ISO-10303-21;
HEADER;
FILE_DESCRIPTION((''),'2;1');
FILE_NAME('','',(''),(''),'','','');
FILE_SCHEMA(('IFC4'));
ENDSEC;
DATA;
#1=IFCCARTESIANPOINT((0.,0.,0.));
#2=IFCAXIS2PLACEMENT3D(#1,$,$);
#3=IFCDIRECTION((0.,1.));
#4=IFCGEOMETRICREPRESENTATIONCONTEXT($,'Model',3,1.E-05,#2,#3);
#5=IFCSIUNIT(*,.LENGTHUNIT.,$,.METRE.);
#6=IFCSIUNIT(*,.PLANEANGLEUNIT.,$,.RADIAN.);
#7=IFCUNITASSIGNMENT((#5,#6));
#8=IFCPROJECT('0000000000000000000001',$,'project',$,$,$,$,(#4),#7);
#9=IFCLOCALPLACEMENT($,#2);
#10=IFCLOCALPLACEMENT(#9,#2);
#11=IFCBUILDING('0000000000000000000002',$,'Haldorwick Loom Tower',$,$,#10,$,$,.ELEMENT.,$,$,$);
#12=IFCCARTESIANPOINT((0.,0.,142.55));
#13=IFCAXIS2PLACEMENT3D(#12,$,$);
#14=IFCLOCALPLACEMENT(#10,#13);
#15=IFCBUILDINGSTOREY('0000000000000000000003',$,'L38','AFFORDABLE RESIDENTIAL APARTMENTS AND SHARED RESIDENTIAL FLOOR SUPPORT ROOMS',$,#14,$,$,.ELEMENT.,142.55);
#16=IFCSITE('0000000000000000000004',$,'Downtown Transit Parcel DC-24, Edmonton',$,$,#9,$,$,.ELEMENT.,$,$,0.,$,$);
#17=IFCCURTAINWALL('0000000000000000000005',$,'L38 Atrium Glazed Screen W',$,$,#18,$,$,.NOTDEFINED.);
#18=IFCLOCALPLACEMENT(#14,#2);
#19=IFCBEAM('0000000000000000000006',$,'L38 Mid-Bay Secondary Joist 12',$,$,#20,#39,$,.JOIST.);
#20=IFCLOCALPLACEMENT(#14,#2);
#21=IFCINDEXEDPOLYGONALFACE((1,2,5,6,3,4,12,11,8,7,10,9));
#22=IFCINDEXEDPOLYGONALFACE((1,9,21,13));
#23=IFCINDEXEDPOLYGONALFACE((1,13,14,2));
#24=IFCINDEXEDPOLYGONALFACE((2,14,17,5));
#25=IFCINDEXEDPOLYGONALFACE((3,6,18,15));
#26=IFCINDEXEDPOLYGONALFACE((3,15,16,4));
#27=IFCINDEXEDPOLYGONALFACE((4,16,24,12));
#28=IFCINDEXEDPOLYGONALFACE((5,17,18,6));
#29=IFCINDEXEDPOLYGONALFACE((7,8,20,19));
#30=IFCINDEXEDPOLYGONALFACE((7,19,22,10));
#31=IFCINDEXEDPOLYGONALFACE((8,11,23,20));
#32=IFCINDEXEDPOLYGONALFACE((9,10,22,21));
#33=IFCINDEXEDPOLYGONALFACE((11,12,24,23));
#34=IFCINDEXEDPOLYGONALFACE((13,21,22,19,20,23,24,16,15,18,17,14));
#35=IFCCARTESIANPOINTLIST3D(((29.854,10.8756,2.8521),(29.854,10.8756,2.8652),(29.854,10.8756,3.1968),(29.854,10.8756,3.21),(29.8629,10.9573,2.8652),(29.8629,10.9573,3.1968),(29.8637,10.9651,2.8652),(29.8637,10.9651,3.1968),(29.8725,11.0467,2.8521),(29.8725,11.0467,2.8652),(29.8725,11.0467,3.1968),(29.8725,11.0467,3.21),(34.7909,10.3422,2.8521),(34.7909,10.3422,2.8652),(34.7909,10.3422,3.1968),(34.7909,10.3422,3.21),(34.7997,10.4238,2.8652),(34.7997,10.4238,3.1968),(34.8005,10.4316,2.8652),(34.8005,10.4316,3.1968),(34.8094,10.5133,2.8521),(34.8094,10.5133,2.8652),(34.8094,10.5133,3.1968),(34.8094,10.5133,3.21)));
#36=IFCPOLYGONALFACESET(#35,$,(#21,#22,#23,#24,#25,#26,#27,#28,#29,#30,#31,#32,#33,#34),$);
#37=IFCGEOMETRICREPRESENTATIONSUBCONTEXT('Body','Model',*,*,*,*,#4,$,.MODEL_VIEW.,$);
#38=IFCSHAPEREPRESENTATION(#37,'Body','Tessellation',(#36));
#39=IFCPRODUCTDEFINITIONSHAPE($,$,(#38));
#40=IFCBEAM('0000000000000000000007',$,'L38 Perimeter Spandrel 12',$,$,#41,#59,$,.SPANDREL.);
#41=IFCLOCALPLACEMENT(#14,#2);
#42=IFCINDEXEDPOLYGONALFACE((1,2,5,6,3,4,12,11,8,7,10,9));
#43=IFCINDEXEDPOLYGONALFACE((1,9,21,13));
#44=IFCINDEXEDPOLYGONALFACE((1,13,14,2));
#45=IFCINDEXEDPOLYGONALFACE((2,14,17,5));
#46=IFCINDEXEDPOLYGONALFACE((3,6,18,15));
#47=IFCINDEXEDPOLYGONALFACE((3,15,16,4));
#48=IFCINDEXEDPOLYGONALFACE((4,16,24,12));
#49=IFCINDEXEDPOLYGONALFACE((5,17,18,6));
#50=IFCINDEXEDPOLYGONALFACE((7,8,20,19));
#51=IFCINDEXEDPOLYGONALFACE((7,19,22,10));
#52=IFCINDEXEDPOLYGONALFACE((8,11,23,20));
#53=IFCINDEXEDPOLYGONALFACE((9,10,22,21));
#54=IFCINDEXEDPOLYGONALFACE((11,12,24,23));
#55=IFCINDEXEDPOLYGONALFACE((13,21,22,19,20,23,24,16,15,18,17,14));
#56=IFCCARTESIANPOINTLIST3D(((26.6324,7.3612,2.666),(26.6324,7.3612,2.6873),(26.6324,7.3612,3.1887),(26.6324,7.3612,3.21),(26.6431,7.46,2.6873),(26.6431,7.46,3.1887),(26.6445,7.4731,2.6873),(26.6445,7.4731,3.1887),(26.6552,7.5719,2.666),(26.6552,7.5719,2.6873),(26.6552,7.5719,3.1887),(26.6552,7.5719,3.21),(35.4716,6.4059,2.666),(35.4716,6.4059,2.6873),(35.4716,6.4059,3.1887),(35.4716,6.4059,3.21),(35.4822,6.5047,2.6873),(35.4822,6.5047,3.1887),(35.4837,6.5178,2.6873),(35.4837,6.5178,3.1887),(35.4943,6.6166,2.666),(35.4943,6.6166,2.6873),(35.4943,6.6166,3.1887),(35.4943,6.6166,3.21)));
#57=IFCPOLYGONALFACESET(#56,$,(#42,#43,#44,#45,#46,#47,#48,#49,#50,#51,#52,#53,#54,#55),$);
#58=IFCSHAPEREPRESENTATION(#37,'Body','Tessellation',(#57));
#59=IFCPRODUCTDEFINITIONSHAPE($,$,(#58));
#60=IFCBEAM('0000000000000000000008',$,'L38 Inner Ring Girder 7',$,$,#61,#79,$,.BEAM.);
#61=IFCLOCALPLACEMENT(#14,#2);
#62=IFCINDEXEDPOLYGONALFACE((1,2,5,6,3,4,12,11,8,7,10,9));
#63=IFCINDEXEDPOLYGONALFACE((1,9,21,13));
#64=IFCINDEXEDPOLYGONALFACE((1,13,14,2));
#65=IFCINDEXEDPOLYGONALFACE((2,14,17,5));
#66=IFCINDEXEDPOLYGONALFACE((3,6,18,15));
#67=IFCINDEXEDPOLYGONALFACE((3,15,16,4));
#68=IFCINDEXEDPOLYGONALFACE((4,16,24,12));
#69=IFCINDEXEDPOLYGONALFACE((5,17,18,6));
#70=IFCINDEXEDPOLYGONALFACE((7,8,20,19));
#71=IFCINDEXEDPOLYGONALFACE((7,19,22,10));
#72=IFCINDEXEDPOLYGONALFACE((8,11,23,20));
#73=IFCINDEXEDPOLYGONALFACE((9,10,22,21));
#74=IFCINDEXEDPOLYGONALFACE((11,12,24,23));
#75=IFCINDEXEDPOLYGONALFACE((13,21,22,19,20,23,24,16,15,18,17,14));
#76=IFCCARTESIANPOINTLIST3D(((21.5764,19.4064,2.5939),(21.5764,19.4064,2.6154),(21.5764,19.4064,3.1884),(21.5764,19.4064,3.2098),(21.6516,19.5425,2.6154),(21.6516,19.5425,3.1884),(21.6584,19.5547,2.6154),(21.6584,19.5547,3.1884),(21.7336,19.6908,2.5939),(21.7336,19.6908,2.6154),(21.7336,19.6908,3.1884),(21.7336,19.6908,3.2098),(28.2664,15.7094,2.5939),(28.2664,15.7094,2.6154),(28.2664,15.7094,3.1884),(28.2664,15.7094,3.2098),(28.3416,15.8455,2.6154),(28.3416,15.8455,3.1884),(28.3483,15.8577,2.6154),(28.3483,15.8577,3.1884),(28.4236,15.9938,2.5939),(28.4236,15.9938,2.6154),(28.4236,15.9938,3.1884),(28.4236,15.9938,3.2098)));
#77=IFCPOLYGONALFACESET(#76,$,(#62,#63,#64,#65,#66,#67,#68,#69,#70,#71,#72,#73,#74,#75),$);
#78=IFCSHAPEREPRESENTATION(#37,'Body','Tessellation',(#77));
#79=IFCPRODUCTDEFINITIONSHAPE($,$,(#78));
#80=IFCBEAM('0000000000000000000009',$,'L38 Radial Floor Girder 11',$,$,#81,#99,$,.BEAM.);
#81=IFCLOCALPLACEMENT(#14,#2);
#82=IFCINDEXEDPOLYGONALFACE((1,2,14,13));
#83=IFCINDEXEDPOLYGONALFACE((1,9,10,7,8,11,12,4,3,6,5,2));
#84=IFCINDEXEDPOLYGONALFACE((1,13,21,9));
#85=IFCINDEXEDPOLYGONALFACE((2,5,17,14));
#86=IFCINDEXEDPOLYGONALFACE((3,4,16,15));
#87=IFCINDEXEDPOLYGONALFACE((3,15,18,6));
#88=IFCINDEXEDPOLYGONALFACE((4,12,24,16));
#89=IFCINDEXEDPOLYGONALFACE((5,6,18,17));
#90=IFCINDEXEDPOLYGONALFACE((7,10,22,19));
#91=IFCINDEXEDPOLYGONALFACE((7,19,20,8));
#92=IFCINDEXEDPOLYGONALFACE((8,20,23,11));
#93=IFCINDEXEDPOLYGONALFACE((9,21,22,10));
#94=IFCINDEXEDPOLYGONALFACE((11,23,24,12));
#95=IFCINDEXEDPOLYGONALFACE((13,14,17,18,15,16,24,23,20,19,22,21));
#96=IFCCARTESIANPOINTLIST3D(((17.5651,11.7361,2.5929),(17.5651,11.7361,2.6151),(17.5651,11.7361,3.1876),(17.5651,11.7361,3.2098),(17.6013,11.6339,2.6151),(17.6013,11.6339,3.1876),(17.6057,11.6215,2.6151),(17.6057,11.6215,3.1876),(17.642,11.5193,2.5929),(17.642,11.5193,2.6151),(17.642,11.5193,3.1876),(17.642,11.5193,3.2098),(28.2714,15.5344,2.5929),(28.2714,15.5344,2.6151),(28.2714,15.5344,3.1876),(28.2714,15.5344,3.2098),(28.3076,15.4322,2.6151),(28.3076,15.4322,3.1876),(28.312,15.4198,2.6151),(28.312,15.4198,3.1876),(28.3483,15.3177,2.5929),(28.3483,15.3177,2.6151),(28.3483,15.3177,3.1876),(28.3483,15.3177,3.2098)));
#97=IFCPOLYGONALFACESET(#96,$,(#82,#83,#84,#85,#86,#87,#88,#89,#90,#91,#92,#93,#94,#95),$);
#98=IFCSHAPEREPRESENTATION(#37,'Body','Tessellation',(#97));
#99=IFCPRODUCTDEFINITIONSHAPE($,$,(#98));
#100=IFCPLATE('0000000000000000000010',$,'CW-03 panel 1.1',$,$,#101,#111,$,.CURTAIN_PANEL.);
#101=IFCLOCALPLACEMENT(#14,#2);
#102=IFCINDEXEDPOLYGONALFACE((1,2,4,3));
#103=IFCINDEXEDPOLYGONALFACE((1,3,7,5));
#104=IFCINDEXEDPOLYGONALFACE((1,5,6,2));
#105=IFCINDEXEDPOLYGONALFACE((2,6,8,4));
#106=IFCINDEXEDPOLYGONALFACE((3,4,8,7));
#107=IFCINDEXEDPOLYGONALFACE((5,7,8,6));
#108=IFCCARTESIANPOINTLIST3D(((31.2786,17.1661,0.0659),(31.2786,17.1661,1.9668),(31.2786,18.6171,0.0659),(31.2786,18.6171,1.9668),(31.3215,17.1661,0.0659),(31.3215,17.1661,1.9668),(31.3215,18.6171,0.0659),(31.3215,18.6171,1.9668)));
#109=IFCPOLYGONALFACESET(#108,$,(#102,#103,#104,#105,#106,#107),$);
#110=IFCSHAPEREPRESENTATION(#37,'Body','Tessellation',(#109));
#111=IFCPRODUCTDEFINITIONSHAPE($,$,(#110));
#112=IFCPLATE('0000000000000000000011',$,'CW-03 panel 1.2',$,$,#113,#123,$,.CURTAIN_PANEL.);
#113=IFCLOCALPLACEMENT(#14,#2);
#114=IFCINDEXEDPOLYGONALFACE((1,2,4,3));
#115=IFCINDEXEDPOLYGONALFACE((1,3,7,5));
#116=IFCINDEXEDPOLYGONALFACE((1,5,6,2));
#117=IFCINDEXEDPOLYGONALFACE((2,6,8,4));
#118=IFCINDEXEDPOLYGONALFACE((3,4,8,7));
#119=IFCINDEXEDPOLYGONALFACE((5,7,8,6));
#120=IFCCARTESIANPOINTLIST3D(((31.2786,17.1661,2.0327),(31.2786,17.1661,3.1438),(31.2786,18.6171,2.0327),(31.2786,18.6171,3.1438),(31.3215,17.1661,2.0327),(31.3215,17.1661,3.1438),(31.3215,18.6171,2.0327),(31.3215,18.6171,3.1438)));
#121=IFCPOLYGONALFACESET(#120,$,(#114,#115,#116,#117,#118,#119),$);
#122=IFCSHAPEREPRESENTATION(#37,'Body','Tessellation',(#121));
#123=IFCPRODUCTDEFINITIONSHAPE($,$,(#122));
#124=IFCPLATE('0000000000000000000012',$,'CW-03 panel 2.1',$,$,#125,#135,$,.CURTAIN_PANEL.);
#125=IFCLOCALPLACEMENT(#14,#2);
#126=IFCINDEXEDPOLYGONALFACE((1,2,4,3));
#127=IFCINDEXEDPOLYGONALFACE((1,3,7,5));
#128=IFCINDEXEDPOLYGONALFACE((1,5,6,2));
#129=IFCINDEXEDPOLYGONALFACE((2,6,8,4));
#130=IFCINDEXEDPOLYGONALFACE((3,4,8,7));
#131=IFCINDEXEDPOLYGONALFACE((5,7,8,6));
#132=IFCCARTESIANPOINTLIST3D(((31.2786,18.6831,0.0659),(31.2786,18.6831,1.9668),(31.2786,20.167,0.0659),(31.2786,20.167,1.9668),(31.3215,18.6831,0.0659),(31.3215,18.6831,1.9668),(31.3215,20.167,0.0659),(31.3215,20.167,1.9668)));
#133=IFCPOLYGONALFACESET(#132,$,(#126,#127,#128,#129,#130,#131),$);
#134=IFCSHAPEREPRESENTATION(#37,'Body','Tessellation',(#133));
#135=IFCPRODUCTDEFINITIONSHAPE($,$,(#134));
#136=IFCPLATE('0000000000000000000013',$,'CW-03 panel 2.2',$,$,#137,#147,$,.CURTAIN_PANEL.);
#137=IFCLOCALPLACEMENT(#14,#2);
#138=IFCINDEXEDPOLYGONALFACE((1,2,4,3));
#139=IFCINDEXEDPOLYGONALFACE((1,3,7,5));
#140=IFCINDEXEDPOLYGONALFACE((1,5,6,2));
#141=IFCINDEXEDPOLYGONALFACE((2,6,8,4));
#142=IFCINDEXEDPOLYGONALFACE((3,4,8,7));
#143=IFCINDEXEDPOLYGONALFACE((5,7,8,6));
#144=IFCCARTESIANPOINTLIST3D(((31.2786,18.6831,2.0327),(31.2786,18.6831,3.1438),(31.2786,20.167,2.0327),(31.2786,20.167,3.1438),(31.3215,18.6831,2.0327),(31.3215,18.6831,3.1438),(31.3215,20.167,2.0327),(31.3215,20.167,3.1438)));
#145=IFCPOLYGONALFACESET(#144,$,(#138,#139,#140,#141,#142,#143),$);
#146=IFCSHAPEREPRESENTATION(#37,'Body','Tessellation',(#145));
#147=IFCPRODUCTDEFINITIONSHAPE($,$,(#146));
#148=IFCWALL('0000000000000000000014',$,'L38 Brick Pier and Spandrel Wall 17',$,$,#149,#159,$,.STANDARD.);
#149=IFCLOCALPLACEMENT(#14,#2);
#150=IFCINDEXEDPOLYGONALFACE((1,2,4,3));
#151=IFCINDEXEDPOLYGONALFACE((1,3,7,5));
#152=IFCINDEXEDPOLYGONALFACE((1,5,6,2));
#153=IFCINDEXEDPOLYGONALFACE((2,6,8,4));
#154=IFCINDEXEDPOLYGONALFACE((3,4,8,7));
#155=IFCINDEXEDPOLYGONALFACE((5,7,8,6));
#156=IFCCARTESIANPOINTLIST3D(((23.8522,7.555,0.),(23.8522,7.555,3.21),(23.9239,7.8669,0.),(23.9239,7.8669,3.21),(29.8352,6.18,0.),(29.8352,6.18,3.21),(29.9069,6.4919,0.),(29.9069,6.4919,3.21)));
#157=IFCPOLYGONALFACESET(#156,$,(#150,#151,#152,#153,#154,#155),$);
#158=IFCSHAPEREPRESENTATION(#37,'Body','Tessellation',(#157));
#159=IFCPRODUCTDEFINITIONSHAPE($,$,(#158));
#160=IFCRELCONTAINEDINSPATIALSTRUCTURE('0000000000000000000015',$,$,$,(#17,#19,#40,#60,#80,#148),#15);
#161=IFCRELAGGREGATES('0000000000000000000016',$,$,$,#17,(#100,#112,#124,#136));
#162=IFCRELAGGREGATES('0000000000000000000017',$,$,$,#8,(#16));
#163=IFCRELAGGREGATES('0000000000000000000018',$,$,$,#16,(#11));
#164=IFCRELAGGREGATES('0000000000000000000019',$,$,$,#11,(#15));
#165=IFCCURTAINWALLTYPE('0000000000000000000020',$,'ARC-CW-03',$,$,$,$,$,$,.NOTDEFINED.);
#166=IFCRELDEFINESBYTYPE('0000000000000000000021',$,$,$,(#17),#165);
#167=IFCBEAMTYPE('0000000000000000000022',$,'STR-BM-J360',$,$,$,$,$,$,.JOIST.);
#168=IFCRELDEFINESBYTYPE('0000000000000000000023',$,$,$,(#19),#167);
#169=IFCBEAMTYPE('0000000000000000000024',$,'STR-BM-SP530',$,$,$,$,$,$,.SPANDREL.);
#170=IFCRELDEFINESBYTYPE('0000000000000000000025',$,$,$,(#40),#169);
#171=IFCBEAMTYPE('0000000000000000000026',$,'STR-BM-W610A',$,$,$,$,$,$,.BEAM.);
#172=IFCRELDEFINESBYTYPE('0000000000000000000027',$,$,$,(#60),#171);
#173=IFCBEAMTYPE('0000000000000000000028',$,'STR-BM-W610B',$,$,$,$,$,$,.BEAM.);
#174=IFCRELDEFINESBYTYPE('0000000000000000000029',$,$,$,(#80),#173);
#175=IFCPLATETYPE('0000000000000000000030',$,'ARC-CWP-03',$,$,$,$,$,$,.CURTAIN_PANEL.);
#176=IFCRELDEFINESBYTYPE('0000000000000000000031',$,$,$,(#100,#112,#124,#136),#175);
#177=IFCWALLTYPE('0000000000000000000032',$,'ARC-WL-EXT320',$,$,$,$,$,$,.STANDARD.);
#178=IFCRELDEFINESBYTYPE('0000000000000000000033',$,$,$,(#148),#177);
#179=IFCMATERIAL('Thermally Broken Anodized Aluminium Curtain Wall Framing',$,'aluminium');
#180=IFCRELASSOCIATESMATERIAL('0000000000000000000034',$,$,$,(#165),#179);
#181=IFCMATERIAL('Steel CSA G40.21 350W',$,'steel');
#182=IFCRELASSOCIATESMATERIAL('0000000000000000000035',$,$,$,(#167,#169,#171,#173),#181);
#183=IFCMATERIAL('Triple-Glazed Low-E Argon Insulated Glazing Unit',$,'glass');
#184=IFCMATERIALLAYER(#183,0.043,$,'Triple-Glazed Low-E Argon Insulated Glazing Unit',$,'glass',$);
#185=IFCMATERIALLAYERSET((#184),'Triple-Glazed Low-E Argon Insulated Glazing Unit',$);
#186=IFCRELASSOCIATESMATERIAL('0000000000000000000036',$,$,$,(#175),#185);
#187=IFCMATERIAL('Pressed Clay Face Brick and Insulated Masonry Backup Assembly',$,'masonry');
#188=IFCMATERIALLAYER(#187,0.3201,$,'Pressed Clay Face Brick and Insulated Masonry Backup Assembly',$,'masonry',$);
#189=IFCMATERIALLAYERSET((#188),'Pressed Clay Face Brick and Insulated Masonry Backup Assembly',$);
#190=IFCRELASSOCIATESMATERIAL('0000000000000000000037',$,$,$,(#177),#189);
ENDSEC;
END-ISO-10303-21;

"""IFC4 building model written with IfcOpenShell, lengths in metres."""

from ifc_helpers import new_model, si_unit, direction, frame, frame_2d, origin, origin_2d, place, context, subcontext, project, spatial, rectangle, i_section, extrude, material, layer, layer_set, material_profile, profile_set, type_object, element, aggregate, save


model = new_model("IFC4")

# Units and contexts
model_context = context("Model", 3, precision=1e-05, world=origin(), true_north=direction((0.0, 1.0)))
body_context = subcontext(model_context, "Body", "Model", "MODEL_VIEW")
ifc_project = project(units=[si_unit("LENGTHUNIT", "METRE"), si_unit("PLANEANGLEUNIT", "RADIAN")], contexts=[model_context])

# Site, building, storey
site_placement = place(None, origin())
site = spatial("IfcSite", under=ifc_project, at=site_placement, Name="Downtown Transit Parcel DC-24, Edmonton", CompositionType="ELEMENT", RefElevation=0.0)
building_placement = place(site_placement, origin())
building = spatial("IfcBuilding", under=site, at=building_placement, Name="Haldorwick Loom Tower", CompositionType="ELEMENT")
storey_placement = place(building_placement, frame((0.0, 0.0, 142.55)))
storey = spatial("IfcBuildingStorey", under=building, at=storey_placement, Name="L38", Description="AFFORDABLE RESIDENTIAL APARTMENTS AND SHARED RESIDENTIAL FLOOR SUPPORT ROOMS", CompositionType="ELEMENT", Elevation=142.55)

# Curtain wall
ifc_material_1 = material(Name="Thermally Broken Anodized Aluminium Curtain Wall Framing", Category="aluminium")
curtain_wall_type = type_object("IfcCurtainWallType", Name="ARC-CW-03", PredefinedType="NOTDEFINED", material=ifc_material_1)
curtain_wall_placement = place(storey_placement, origin())
curtain_wall = element("IfcCurtainWall", 1, at=curtain_wall_placement, inside=storey, type_object=curtain_wall_type, Name="L38 Atrium Glazed Screen W", PredefinedType="NOTDEFINED")

# Beams
ifc_material_2 = material(Name="Steel CSA G40.21 350W", Category="steel")
ifc_material_profile_1 = material_profile(ifc_material_2, i_section(OverallWidth=0.1721, OverallDepth=0.3579, WebThickness=0.0078, FlangeThickness=0.0132, at=origin_2d()), Name="W360X57", Category="steel")
ifc_profile_set_1 = profile_set([ifc_material_profile_1], Name="Steel CSA G40.21 350W")
beam_type_1 = type_object("IfcBeamType", Name="STR-BM-J360", PredefinedType="JOIST", material=ifc_profile_set_1)
beam_1_placement = place(storey_placement, frame((29.8633, 10.9612, 3.031), z_axis=(0.994213, -0.107431, 0.0), x_axis=(0.107431, 0.994213, 0.0)))
element("IfcBeam", 2, at=beam_1_placement, inside=storey, type_object=beam_type_1, Name="L38 Mid-Bay Secondary Joist 12", PredefinedType="JOIST", context=body_context, shape_type="SweptSolid", body=[
    extrude(i_section(OverallWidth=0.1721, OverallDepth=0.3579, WebThickness=0.0078, FlangeThickness=0.0132, at=origin_2d()), origin(), (0.0, 0.0, 1.0), 4.9656),
])
ifc_material_profile_2 = material_profile(ifc_material_2, i_section(OverallWidth=0.2119, OverallDepth=0.5439, WebThickness=0.0132, FlangeThickness=0.0212, at=origin_2d()), Name="W530X123", Category="steel")
ifc_profile_set_2 = profile_set([ifc_material_profile_2], Name="Steel CSA G40.21 350W")
beam_type_2 = type_object("IfcBeamType", Name="STR-BM-SP530", PredefinedType="SPANDREL", material=ifc_profile_set_2)
beam_2_placement = place(storey_placement, frame((26.6438, 7.4666, 2.938), z_axis=(0.99421, -0.107453, 0.0), x_axis=(0.107453, 0.99421, 0.0)))
element("IfcBeam", 3, at=beam_2_placement, inside=storey, type_object=beam_type_2, Name="L38 Perimeter Spandrel 12", PredefinedType="SPANDREL", context=body_context, shape_type="SweptSolid", body=[
    extrude(i_section(OverallWidth=0.2119, OverallDepth=0.5439, WebThickness=0.0132, FlangeThickness=0.0212, at=origin_2d()), origin(), (0.0, 0.0, 1.0), 8.8906),
])
ifc_material_profile_3 = material_profile(ifc_material_2, i_section(OverallWidth=0.325, OverallDepth=0.616, WebThickness=0.0139, FlangeThickness=0.0215, at=origin_2d()), Name="W610X174", Category="steel")
ifc_profile_set_3 = profile_set([ifc_material_profile_3], Name="Steel CSA G40.21 350W")
beam_type_3 = type_object("IfcBeamType", Name="STR-BM-W610A", PredefinedType="BEAM", material=ifc_profile_set_3)
beam_3_placement = place(storey_placement, frame((28.345, 15.8516, 2.9019), z_axis=(-0.875244, 0.483681, 0.0), x_axis=(-0.483681, -0.875244, 0.0)))
element("IfcBeam", 4, at=beam_3_placement, inside=storey, type_object=beam_type_3, Name="L38 Inner Ring Girder 7", PredefinedType="BEAM", context=body_context, shape_type="SweptSolid", body=[
    extrude(i_section(OverallWidth=0.325, OverallDepth=0.616, WebThickness=0.0139, FlangeThickness=0.0215, at=origin_2d()), origin(), (0.0, 0.0, 1.0), 7.6436),
])
ifc_material_profile_4 = material_profile(ifc_material_2, i_section(OverallWidth=0.23, OverallDepth=0.6169, WebThickness=0.0132, FlangeThickness=0.0222, at=origin_2d()), Name="W610X140", Category="steel")
ifc_profile_set_4 = profile_set([ifc_material_profile_4], Name="Steel CSA G40.21 350W")
beam_type_4 = type_object("IfcBeamType", Name="STR-BM-W610B", PredefinedType="BEAM", material=ifc_profile_set_4)
beam_4_placement = place(storey_placement, frame((28.3098, 15.426, 2.9014), z_axis=(-0.942446, -0.334358, 0.0), x_axis=(0.334358, -0.942446, 0.0)))
element("IfcBeam", 5, at=beam_4_placement, inside=storey, type_object=beam_type_4, Name="L38 Radial Floor Girder 11", PredefinedType="BEAM", context=body_context, shape_type="SweptSolid", body=[
    extrude(i_section(OverallWidth=0.23, OverallDepth=0.6169, WebThickness=0.0132, FlangeThickness=0.0222, at=origin_2d()), origin(), (0.0, 0.0, 1.0), 11.3601),
])

# Plates
ifc_material_3 = material(Name="Triple-Glazed Low-E Argon Insulated Glazing Unit", Category="glass")
ifc_layer_1 = layer(ifc_material_3, 0.043, Name="Triple-Glazed Low-E Argon Insulated Glazing Unit", Category="glass")
ifc_layer_set_1 = layer_set([ifc_layer_1], Name="Triple-Glazed Low-E Argon Insulated Glazing Unit")
plate_type = type_object("IfcPlateType", Name="ARC-CWP-03", PredefinedType="CURTAIN_PANEL", material=ifc_layer_set_1)
plate_1_placement = place(storey_placement, frame((31.3, 17.8916, 0.0659), z_axis=(0.0, 0.0, 1.0), x_axis=(0.0, 1.0, 0.0)))
plate_1 = element("IfcPlate", 6, at=plate_1_placement, type_object=plate_type, Name="CW-03 panel 1.1", PredefinedType="CURTAIN_PANEL", context=body_context, shape_type="SweptSolid", body=[
    extrude(rectangle(XDim=1.4509, YDim=0.043, at=origin_2d()), origin(), (0.0, 0.0, 1.0), 1.9009),
])
plate_2_placement = place(storey_placement, frame((31.3, 17.8916, 2.0327), z_axis=(0.0, 0.0, 1.0), x_axis=(0.0, 1.0, 0.0)))
plate_2 = element("IfcPlate", 7, at=plate_2_placement, type_object=plate_type, Name="CW-03 panel 1.2", PredefinedType="CURTAIN_PANEL", context=body_context, shape_type="SweptSolid", body=[
    extrude(rectangle(XDim=1.4509, YDim=0.043, at=origin_2d()), origin(), (0.0, 0.0, 1.0), 1.1111),
])
plate_3_placement = place(storey_placement, frame((31.3, 19.425, 0.0659), z_axis=(0.0, 0.0, 1.0), x_axis=(0.0, 1.0, 0.0)))
plate_3 = element("IfcPlate", 8, at=plate_3_placement, type_object=plate_type, Name="CW-03 panel 2.1", PredefinedType="CURTAIN_PANEL", context=body_context, shape_type="SweptSolid", body=[
    extrude(rectangle(XDim=1.4839, YDim=0.043, at=origin_2d()), origin(), (0.0, 0.0, 1.0), 1.9009),
])
plate_4_placement = place(storey_placement, frame((31.3, 19.425, 2.0327), z_axis=(0.0, 0.0, 1.0), x_axis=(0.0, 1.0, 0.0)))
plate_4 = element("IfcPlate", 9, at=plate_4_placement, type_object=plate_type, Name="CW-03 panel 2.2", PredefinedType="CURTAIN_PANEL", context=body_context, shape_type="SweptSolid", body=[
    extrude(rectangle(XDim=1.4839, YDim=0.043, at=origin_2d()), origin(), (0.0, 0.0, 1.0), 1.1111),
])
aggregate(curtain_wall, [plate_1, plate_2, plate_3, plate_4])

# Wall
ifc_material_4 = material(Name="Pressed Clay Face Brick and Insulated Masonry Backup Assembly", Category="masonry")
ifc_layer_2 = layer(ifc_material_4, 0.3201, Name="Pressed Clay Face Brick and Insulated Masonry Backup Assembly", Category="masonry")
ifc_layer_set_2 = layer_set([ifc_layer_2], Name="Pressed Clay Face Brick and Insulated Masonry Backup Assembly")
wall_type_1 = type_object("IfcWallType", Name="ARC-WL-EXT320", PredefinedType="STANDARD", material=ifc_layer_set_2)
wall_1_placement = place(storey_placement, frame((23.8882, 7.7109, 0.0), z_axis=(0.0, 0.0, 1.0), x_axis=(0.974593, -0.223982, 0.0)))
element("IfcWall", 10, at=wall_1_placement, inside=storey, type_object=wall_type_1, Name="L38 Brick Pier and Spandrel Wall 17", PredefinedType="STANDARD", context=body_context, shape_type="SweptSolid", body=[
    extrude(rectangle(XDim=6.1389, YDim=0.3201, at=frame_2d((3.0693, 0.0))), origin(), (0.0, 0.0, 1.0), 3.21),
])

save(model, "model.ifc")
